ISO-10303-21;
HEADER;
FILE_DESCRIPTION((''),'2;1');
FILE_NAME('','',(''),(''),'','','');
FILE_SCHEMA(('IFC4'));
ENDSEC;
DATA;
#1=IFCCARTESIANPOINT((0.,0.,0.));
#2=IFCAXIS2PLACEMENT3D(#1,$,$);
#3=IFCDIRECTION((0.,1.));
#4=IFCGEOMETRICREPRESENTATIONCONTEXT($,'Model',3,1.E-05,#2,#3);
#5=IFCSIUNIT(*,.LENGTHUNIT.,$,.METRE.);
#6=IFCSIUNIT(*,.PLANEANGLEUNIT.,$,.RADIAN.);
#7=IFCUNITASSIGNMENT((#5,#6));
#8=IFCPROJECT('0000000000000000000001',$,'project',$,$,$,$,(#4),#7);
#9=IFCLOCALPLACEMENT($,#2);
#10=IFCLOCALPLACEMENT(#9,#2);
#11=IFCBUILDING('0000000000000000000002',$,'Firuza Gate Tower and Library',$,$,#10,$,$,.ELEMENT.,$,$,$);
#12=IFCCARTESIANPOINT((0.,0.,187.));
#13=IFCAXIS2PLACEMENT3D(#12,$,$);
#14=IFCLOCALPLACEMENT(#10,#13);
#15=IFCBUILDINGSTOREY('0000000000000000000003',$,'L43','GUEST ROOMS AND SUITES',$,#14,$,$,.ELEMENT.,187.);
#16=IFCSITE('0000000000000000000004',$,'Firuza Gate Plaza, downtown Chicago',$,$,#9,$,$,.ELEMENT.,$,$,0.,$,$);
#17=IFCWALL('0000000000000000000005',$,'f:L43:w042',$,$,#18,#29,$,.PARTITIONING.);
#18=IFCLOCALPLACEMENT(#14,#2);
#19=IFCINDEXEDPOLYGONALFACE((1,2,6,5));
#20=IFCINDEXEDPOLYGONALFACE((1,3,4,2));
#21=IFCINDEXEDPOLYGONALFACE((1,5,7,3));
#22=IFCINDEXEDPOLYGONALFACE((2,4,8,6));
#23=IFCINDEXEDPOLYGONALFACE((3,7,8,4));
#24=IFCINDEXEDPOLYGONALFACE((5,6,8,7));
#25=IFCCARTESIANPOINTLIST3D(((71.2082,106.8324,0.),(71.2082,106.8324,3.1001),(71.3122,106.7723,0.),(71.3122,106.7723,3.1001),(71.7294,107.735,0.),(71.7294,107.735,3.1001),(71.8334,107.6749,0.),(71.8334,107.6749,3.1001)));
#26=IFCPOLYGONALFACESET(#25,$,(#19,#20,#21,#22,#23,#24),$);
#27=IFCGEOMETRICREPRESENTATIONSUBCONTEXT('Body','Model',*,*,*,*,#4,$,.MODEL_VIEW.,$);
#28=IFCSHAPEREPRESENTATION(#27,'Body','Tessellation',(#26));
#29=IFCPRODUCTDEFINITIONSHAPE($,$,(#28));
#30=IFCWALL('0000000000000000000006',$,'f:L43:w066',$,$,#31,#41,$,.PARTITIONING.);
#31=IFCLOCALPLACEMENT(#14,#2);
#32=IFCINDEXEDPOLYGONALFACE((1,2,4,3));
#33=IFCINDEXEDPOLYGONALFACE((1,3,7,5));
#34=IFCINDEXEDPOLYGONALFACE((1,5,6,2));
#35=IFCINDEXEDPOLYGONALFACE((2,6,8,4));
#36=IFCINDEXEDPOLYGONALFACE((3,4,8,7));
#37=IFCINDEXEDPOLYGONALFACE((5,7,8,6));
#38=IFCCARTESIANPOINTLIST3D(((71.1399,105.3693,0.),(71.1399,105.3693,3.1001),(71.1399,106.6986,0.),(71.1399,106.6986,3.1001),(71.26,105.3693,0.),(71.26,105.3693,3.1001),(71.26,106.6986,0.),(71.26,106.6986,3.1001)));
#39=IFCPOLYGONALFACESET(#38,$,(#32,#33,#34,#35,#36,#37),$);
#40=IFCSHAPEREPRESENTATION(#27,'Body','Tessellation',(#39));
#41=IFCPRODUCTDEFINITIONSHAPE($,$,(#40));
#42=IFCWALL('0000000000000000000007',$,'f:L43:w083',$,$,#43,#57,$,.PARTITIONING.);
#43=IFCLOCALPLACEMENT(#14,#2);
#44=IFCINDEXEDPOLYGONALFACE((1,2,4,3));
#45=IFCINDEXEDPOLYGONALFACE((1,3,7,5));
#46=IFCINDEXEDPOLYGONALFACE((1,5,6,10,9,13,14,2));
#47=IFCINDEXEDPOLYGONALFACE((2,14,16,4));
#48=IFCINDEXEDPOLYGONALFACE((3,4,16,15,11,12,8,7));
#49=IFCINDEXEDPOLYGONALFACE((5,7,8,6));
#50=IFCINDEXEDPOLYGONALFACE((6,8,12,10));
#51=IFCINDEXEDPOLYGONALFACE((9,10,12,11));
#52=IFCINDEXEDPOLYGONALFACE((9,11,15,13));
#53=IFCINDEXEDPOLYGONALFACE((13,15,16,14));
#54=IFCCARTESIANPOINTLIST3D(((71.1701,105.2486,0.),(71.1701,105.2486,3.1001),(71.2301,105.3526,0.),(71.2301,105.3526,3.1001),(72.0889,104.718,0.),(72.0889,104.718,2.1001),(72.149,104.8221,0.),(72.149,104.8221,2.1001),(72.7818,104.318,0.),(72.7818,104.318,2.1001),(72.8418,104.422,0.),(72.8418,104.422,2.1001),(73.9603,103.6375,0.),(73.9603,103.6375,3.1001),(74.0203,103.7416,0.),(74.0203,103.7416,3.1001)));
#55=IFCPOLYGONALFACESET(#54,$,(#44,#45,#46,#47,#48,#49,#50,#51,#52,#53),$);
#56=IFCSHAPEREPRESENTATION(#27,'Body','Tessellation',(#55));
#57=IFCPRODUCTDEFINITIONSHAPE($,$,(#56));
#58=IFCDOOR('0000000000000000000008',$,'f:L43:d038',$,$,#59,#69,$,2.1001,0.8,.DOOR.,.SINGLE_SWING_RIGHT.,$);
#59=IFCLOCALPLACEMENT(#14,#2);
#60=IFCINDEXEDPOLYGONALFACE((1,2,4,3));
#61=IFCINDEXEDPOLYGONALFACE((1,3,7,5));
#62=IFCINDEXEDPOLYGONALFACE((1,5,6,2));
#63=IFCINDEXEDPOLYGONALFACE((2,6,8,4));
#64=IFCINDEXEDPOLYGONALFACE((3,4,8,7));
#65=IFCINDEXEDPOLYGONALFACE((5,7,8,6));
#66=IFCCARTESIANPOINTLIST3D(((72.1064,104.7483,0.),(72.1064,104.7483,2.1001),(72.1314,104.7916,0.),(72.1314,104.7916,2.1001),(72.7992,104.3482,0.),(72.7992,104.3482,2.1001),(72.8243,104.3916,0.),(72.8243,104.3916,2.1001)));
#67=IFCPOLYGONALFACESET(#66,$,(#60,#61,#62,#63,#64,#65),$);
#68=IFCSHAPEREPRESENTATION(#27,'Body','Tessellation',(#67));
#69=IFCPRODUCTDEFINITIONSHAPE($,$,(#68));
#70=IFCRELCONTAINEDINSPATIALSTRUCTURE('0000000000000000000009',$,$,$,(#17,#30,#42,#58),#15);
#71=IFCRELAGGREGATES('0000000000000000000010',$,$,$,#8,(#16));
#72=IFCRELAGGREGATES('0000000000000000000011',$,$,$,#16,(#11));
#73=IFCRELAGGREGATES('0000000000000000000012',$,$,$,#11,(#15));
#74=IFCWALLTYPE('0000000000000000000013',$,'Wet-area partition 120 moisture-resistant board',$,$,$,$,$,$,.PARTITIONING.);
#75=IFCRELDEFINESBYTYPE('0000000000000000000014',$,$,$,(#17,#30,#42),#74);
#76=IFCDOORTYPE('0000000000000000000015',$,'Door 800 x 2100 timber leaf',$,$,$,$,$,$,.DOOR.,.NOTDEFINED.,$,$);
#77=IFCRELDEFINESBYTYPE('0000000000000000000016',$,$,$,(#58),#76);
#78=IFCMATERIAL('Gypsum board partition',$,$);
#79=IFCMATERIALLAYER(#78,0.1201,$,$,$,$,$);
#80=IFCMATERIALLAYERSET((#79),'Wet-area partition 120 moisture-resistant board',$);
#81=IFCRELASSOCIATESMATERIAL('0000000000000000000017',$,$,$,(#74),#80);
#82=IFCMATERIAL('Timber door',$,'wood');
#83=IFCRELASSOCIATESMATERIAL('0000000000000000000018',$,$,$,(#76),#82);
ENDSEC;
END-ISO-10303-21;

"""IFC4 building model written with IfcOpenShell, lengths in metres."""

from ifc_helpers import new_model, si_unit, direction, frame, frame_2d, origin, place, context, subcontext, project, spatial, rectangle, extrude, material, layer, layer_set, type_object, element, fill, save


model = new_model("IFC4")

# Units and contexts
model_context = context("Model", 3, precision=1e-05, world=origin(), true_north=direction((0.0, 1.0)))
body_context = subcontext(model_context, "Body", "Model", "MODEL_VIEW")
ifc_project = project(units=[si_unit("LENGTHUNIT", "METRE"), si_unit("PLANEANGLEUNIT", "RADIAN")], contexts=[model_context])

# Site, building, storey
site_placement = place(None, origin())
site = spatial("IfcSite", under=ifc_project, at=site_placement, Name="Firuza Gate Plaza, downtown Chicago", CompositionType="ELEMENT", RefElevation=0.0)
building_placement = place(site_placement, origin())
building = spatial("IfcBuilding", under=site, at=building_placement, Name="Firuza Gate Tower and Library", CompositionType="ELEMENT")
storey_placement = place(building_placement, frame((0.0, 0.0, 187.0)))
storey = spatial("IfcBuildingStorey", under=building, at=storey_placement, Name="L43", Description="GUEST ROOMS AND SUITES", CompositionType="ELEMENT", Elevation=187.0)

# Walls
ifc_material_1 = material(Name="Gypsum board partition")
ifc_layer_1 = layer(ifc_material_1, 0.1201)
ifc_layer_set_1 = layer_set([ifc_layer_1], Name="Wet-area partition 120 moisture-resistant board")
wall_type_1 = type_object("IfcWallType", Name="Wet-area partition 120 moisture-resistant board", PredefinedType="PARTITIONING", material=ifc_layer_set_1)
wall_1_placement = place(storey_placement, frame((71.2603, 106.8025, 0.0), z_axis=(0.0, 0.0, 1.0), x_axis=(0.500094, 0.865971, 0.0)))
element("IfcWall", 1, at=wall_1_placement, inside=storey, type_object=wall_type_1, Name="f:L43:w042", PredefinedType="PARTITIONING", context=body_context, shape_type="SweptSolid", body=[
    extrude(rectangle(XDim=1.0422, YDim=0.1201, at=frame_2d((0.521, 0.0))), origin(), (0.0, 0.0, 1.0), 3.1001),
])
wall_2_placement = place(storey_placement, frame((71.2, 105.3694, 0.0), z_axis=(0.0, 0.0, 1.0), x_axis=(0.0, 1.0, 0.0)))
element("IfcWall", 2, at=wall_2_placement, inside=storey, type_object=wall_type_1, Name="f:L43:w066", PredefinedType="PARTITIONING", context=body_context, shape_type="SweptSolid", body=[
    extrude(rectangle(XDim=1.3293, YDim=0.1201, at=frame_2d((0.6646, 0.0))), origin(), (0.0, 0.0, 1.0), 3.1001),
])

# Wall, opening, door
wall_3_placement = place(storey_placement, frame((71.2002, 105.3005, 0.0), z_axis=(0.0, 0.0, 1.0), x_axis=(0.86601, -0.500026, 0.0)))
wall_3 = element("IfcWall", 3, at=wall_3_placement, inside=storey, type_object=wall_type_1, Name="f:L43:w083", PredefinedType="PARTITIONING", context=body_context, shape_type="SweptSolid", body=[
    extrude(rectangle(XDim=3.2219, YDim=0.1201, at=frame_2d((1.6108, 0.0))), origin(), (0.0, 0.0, 1.0), 3.1001),
])
opening_1_placement = place(wall_3_placement, frame((1.061, 0.0, 0.0)))
opening_1 = element("IfcOpeningElement", 4, at=opening_1_placement, cuts=wall_3, PredefinedType="OPENING", context=body_context, shape_type="SweptSolid", body=[
    extrude(rectangle(XDim=0.8, YDim=2.1001, at=frame_2d((0.3999, 1.05))), frame((0.0, 0.0701, 0.0), z_axis=(0.0, -1.0, 0.0), x_axis=(1.0, 0.0, 0.0)), (0.0, 0.0, 1.0), 0.1401),
])
ifc_material_2 = material(Name="Timber door", Category="wood")
door_type_1 = type_object("IfcDoorType", Name="Door 800 x 2100 timber leaf", OperationType="NOTDEFINED", PredefinedType="DOOR", material=ifc_material_2)
door_1_placement = place(opening_1_placement, origin())
door_1 = element("IfcDoor", 5, at=door_1_placement, inside=storey, type_object=door_type_1, Name="f:L43:d038", OperationType="SINGLE_SWING_RIGHT", OverallHeight=2.1001, OverallWidth=0.8, PredefinedType="DOOR", context=body_context, shape_type="SweptSolid", body=[
    extrude(rectangle(XDim=0.8, YDim=2.1001, at=frame_2d((0.3999, 1.05))), frame((0.0, 0.0249, 0.0), z_axis=(0.0, -1.0, 0.0), x_axis=(1.0, 0.0, 0.0)), (0.0, 0.0, 1.0), 0.05),
])
fill(opening_1, door_1)

save(model, "model.ifc")
